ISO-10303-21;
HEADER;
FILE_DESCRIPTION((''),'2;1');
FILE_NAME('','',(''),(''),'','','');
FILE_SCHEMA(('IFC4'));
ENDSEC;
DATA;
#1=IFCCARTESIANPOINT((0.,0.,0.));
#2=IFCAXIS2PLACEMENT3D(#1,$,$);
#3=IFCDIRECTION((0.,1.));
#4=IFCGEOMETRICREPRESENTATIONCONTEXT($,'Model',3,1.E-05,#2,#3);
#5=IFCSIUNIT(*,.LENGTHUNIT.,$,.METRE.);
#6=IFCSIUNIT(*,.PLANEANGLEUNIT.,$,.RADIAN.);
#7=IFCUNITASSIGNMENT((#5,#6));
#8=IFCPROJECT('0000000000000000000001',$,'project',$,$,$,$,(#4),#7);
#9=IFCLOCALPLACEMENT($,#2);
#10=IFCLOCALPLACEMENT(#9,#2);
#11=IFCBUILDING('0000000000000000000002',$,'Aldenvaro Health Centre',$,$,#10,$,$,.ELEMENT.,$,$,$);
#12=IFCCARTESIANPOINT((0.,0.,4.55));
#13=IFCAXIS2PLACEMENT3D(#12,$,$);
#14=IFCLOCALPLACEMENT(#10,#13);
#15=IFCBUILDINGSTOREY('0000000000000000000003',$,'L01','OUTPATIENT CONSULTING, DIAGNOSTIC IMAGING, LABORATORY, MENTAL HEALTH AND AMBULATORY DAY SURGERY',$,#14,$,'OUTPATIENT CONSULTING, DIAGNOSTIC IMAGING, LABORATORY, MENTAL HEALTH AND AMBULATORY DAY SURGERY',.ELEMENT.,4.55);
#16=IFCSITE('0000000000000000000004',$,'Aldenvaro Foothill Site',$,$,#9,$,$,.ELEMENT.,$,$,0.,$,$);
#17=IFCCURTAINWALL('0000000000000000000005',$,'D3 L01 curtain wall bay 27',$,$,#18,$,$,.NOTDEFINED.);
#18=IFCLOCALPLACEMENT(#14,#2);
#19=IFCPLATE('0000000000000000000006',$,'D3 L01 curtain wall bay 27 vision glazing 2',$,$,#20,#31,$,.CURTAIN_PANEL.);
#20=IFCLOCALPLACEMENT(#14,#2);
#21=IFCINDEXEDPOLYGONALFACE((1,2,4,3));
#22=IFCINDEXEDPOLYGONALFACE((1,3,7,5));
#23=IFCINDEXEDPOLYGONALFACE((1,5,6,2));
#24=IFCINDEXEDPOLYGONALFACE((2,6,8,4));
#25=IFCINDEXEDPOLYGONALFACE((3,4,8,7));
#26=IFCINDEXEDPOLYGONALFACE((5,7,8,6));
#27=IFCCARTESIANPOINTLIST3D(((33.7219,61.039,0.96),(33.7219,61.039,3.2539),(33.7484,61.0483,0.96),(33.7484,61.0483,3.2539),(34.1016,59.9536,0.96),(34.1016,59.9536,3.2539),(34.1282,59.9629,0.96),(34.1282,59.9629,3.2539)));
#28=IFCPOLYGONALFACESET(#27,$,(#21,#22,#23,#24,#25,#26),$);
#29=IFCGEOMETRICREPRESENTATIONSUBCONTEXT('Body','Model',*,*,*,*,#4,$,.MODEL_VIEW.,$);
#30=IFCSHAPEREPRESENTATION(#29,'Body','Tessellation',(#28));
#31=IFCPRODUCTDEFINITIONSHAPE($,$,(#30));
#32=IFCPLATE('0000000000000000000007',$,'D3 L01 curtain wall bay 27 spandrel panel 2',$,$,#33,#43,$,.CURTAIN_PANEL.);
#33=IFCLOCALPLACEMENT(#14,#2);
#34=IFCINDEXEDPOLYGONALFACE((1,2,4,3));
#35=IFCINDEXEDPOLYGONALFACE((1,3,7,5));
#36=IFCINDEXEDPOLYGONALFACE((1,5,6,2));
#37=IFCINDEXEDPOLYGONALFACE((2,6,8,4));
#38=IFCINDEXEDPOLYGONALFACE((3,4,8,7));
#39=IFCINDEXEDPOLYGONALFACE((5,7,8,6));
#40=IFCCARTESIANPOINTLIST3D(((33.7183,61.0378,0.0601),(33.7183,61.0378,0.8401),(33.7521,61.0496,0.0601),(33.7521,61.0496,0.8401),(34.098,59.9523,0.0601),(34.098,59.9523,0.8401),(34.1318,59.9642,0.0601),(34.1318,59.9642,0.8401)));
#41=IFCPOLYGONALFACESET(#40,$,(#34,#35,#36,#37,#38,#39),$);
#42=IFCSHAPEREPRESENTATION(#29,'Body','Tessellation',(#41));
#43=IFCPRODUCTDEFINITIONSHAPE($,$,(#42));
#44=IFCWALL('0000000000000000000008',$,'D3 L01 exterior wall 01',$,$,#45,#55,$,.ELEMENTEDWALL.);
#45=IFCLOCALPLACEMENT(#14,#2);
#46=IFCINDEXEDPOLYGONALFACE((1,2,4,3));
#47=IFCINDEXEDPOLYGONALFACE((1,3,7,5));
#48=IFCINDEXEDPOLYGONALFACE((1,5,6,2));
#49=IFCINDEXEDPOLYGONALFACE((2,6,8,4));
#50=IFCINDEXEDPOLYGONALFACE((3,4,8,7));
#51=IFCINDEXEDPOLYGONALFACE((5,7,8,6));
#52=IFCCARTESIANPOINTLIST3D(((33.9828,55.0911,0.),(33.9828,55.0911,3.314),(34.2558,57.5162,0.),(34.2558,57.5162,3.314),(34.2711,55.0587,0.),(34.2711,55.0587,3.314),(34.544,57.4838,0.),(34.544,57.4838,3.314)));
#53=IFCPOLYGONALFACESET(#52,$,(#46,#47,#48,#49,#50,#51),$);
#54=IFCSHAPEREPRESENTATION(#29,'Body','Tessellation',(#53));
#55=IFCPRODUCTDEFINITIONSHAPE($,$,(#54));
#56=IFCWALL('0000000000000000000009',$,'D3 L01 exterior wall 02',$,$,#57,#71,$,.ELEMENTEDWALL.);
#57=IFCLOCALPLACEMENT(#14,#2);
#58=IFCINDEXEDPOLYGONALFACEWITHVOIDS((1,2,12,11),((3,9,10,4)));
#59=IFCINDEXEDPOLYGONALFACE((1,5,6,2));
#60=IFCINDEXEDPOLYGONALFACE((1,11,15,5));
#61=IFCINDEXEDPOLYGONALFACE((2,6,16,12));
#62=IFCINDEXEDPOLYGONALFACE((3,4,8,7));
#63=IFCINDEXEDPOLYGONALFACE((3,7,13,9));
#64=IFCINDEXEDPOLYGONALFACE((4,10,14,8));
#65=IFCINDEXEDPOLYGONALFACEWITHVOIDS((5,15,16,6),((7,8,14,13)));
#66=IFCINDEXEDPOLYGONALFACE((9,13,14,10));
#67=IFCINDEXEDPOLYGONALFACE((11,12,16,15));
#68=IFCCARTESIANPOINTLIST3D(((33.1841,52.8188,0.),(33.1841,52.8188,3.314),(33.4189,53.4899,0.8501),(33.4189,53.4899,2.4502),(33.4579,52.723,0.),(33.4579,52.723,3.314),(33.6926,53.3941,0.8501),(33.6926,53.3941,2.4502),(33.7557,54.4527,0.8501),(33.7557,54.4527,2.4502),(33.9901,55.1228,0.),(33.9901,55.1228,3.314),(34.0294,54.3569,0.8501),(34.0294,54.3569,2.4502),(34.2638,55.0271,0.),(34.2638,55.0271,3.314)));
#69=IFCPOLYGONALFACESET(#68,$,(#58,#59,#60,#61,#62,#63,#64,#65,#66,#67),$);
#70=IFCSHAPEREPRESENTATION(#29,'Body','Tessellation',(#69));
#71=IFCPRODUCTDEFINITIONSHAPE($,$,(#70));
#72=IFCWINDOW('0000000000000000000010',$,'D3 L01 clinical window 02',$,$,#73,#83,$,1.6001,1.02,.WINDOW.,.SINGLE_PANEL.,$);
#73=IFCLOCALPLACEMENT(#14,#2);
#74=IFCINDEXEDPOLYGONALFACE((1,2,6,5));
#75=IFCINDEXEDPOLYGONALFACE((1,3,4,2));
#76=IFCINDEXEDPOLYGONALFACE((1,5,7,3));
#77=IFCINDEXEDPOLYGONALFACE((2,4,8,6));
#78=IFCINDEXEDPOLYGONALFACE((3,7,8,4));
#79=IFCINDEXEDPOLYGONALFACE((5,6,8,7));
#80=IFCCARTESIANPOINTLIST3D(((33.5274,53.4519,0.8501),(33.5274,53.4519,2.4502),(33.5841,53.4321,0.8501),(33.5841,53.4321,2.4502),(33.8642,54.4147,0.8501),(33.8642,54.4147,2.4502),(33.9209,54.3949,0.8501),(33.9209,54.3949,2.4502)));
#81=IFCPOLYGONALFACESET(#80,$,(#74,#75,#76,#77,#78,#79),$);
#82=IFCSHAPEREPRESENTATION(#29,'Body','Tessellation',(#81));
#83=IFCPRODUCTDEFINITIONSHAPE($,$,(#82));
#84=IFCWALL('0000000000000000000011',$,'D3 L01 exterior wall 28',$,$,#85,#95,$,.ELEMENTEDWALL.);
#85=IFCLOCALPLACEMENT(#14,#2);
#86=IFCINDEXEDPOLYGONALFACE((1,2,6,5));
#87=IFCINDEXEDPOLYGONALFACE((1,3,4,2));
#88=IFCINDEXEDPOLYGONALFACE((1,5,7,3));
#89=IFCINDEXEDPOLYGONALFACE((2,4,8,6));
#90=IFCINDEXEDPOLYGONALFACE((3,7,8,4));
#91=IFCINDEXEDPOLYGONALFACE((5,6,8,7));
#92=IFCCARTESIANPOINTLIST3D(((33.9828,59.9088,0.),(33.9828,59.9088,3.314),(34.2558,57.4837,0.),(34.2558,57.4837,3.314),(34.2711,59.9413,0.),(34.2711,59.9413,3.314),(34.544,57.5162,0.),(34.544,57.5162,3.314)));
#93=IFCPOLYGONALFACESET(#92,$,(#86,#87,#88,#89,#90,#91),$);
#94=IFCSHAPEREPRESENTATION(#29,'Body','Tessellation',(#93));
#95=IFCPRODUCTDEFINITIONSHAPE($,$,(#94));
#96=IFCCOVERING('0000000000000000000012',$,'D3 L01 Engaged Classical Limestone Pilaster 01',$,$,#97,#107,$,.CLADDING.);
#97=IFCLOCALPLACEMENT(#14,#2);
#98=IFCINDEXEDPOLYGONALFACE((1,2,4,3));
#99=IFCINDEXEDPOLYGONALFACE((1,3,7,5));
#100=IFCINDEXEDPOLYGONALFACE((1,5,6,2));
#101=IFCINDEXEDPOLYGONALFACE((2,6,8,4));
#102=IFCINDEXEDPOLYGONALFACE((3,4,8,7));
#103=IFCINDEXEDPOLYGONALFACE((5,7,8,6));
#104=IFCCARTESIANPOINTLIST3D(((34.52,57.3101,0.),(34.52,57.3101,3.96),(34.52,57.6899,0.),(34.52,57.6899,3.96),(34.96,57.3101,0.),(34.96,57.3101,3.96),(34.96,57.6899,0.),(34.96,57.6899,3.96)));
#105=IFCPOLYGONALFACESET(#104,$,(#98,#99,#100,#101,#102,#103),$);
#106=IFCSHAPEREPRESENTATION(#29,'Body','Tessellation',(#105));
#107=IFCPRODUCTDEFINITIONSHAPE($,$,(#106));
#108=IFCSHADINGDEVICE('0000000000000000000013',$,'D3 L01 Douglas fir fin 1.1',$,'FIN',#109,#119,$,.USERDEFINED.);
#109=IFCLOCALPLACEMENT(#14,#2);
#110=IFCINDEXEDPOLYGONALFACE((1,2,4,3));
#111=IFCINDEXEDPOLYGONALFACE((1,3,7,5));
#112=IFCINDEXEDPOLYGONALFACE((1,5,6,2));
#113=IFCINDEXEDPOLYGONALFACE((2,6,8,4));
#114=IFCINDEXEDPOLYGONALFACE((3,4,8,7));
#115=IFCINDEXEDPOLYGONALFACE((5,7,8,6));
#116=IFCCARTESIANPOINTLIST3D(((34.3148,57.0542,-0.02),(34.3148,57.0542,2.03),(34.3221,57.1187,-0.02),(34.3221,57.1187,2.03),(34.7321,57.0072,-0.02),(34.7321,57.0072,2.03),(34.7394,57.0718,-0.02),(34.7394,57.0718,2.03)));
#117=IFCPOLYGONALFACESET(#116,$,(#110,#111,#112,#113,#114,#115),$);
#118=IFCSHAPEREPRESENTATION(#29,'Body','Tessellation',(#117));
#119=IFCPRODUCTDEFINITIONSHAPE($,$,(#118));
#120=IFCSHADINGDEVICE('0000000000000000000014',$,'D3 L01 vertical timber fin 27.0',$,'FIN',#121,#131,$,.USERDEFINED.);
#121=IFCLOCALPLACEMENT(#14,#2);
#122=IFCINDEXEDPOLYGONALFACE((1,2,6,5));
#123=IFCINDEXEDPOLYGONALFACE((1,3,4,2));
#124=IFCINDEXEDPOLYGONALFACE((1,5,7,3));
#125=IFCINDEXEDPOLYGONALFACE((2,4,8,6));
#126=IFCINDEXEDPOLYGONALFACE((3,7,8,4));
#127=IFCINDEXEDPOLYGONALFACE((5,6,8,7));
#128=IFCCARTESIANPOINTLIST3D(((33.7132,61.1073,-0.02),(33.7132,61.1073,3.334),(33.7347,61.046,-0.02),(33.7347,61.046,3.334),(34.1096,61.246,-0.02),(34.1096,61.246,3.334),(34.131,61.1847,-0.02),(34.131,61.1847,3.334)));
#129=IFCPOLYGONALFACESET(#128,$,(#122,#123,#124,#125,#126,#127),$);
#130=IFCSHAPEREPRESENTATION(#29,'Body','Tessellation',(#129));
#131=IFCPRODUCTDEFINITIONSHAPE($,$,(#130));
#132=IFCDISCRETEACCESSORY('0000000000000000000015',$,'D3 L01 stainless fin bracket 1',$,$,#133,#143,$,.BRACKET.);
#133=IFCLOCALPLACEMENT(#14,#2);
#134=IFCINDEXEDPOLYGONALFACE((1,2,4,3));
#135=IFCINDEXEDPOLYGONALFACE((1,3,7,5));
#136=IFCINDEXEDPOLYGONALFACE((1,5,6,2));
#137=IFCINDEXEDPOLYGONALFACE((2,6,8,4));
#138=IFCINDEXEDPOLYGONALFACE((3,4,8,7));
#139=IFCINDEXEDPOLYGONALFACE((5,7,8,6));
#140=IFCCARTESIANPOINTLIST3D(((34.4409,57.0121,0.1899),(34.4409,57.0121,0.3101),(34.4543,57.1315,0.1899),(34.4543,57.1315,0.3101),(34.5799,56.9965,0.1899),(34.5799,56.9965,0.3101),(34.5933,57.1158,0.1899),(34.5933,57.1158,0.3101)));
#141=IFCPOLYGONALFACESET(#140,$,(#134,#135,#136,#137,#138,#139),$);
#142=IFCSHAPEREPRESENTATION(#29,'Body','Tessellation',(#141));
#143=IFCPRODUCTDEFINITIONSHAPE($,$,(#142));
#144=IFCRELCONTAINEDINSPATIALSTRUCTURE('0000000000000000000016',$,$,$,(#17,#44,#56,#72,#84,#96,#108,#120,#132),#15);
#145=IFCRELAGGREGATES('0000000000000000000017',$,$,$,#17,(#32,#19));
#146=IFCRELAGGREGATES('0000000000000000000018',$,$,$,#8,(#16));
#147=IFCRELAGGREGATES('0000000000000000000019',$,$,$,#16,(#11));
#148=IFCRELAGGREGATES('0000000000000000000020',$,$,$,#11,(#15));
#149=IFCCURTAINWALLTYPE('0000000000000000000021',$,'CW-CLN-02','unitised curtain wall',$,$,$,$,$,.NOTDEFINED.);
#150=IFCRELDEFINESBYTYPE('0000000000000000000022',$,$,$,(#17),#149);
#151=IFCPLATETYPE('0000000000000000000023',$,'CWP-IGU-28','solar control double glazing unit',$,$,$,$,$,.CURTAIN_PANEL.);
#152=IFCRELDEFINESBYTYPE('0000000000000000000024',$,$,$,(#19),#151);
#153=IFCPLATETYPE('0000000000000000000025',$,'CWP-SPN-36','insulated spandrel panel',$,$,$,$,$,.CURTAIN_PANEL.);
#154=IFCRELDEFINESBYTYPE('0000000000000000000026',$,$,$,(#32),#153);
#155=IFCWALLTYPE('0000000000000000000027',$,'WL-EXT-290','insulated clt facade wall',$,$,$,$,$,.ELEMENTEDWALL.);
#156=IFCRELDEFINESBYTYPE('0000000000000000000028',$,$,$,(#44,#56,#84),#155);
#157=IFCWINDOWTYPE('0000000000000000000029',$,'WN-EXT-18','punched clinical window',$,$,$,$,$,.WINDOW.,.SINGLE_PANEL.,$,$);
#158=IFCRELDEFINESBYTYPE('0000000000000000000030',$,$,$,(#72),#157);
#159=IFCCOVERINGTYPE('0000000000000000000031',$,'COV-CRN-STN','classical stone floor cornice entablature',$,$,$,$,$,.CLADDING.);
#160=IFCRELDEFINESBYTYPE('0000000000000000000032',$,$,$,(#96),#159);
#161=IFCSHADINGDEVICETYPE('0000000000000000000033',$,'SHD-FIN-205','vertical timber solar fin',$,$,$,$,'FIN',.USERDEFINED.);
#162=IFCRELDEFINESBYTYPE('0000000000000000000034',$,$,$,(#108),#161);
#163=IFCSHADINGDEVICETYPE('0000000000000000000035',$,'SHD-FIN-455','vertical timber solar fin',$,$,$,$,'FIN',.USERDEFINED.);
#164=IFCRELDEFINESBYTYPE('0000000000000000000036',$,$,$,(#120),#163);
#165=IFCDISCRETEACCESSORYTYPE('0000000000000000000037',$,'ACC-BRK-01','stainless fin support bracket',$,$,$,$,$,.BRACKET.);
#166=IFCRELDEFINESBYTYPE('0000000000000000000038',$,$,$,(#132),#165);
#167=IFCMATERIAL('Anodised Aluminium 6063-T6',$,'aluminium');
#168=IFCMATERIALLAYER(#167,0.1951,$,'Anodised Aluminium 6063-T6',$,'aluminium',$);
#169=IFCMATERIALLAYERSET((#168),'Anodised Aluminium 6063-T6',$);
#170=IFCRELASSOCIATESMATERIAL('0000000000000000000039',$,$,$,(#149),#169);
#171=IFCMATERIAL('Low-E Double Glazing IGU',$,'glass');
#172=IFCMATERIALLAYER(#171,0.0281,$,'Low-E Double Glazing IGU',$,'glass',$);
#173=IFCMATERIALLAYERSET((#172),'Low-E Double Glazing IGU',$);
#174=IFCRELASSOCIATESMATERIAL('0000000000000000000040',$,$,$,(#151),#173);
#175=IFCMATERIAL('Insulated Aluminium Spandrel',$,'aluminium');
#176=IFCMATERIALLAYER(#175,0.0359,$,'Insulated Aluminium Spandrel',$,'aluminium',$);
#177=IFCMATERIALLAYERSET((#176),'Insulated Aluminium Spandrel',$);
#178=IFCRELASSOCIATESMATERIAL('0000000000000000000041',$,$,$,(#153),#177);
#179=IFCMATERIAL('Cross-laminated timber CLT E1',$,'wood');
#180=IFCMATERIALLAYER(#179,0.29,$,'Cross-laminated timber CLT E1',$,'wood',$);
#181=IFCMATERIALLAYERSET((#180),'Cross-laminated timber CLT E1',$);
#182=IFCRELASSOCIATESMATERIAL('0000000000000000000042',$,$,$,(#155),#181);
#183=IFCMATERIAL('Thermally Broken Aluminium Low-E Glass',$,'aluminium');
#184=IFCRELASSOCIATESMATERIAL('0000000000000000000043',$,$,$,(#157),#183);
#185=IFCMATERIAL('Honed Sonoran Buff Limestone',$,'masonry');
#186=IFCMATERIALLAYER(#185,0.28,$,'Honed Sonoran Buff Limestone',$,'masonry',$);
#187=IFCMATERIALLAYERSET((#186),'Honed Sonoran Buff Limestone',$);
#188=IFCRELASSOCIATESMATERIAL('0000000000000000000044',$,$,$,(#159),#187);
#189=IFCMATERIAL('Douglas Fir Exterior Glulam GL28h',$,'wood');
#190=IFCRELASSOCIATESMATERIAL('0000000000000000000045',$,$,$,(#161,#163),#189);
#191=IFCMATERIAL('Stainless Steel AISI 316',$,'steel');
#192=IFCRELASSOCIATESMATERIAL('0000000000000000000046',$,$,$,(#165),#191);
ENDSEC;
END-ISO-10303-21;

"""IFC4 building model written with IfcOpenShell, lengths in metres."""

from ifc_helpers import new_model, si_unit, direction, frame, frame_2d, origin, origin_2d, place, context, subcontext, project, spatial, rectangle, extrude, material, layer, layer_set, type_object, element, fill, aggregate, save


model = new_model("IFC4")

# Units and contexts
model_context = context("Model", 3, precision=1e-05, world=origin(), true_north=direction((0.0, 1.0)))
body_context = subcontext(model_context, "Body", "Model", "MODEL_VIEW")
ifc_project = project(units=[si_unit("LENGTHUNIT", "METRE"), si_unit("PLANEANGLEUNIT", "RADIAN")], contexts=[model_context])

# Site, building, storey
site_placement = place(None, origin())
site = spatial("IfcSite", under=ifc_project, at=site_placement, Name="Aldenvaro Foothill Site", CompositionType="ELEMENT", RefElevation=0.0)
building_placement = place(site_placement, origin())
building = spatial("IfcBuilding", under=site, at=building_placement, Name="Aldenvaro Health Centre", CompositionType="ELEMENT")
storey_placement = place(building_placement, frame((0.0, 0.0, 4.55)))
storey = spatial("IfcBuildingStorey", under=building, at=storey_placement, Name="L01", Description="OUTPATIENT CONSULTING, DIAGNOSTIC IMAGING, LABORATORY, MENTAL HEALTH AND AMBULATORY DAY SURGERY", LongName="OUTPATIENT CONSULTING, DIAGNOSTIC IMAGING, LABORATORY, MENTAL HEALTH AND AMBULATORY DAY SURGERY", CompositionType="ELEMENT", Elevation=4.55)

# Curtain wall
ifc_material_1 = material(Name="Anodised Aluminium 6063-T6", Category="aluminium")
ifc_layer_1 = layer(ifc_material_1, 0.1951, Name="Anodised Aluminium 6063-T6", Category="aluminium")
ifc_layer_set_1 = layer_set([ifc_layer_1], Name="Anodised Aluminium 6063-T6")
curtain_wall_type = type_object("IfcCurtainWallType", Name="CW-CLN-02", Description="unitised curtain wall", PredefinedType="NOTDEFINED", material=ifc_layer_set_1)
curtain_wall_placement = place(storey_placement, origin())
curtain_wall = element("IfcCurtainWall", 1, at=curtain_wall_placement, inside=storey, type_object=curtain_wall_type, Name="D3 L01 curtain wall bay 27", PredefinedType="NOTDEFINED")

# Plates
ifc_material_2 = material(Name="Low-E Double Glazing IGU", Category="glass")
ifc_layer_2 = layer(ifc_material_2, 0.0281, Name="Low-E Double Glazing IGU", Category="glass")
ifc_layer_set_2 = layer_set([ifc_layer_2], Name="Low-E Double Glazing IGU")
plate_type_1 = type_object("IfcPlateType", Name="CWP-IGU-28", Description="solar control double glazing unit", PredefinedType="CURTAIN_PANEL", material=ifc_layer_set_2)
plate_1_placement = place(storey_placement, frame((33.925, 60.501, 0.96), z_axis=(0.0, 0.0, 1.0), x_axis=(0.330204, -0.943909, 0.0)))
plate_1 = element("IfcPlate", 2, at=plate_1_placement, type_object=plate_type_1, Name="D3 L01 curtain wall bay 27 vision glazing 2", PredefinedType="CURTAIN_PANEL", context=body_context, shape_type="SweptSolid", body=[
    extrude(rectangle(XDim=1.1499, YDim=0.0281, at=origin_2d()), origin(), (0.0, 0.0, 1.0), 2.2939),
])
ifc_material_3 = material(Name="Insulated Aluminium Spandrel", Category="aluminium")
ifc_layer_3 = layer(ifc_material_3, 0.0359, Name="Insulated Aluminium Spandrel", Category="aluminium")
ifc_layer_set_3 = layer_set([ifc_layer_3], Name="Insulated Aluminium Spandrel")
plate_type_2 = type_object("IfcPlateType", Name="CWP-SPN-36", Description="insulated spandrel panel", PredefinedType="CURTAIN_PANEL", material=ifc_layer_set_3)
plate_2_placement = place(storey_placement, frame((33.925, 60.501, 0.0601), z_axis=(0.0, 0.0, 1.0), x_axis=(0.330204, -0.943909, 0.0)))
plate_2 = element("IfcPlate", 3, at=plate_2_placement, type_object=plate_type_2, Name="D3 L01 curtain wall bay 27 spandrel panel 2", PredefinedType="CURTAIN_PANEL", context=body_context, shape_type="SweptSolid", body=[
    extrude(rectangle(XDim=1.1499, YDim=0.0359, at=origin_2d()), origin(), (0.0, 0.0, 1.0), 0.78),
])
aggregate(curtain_wall, [plate_2, plate_1])

# Wall
ifc_material_4 = material(Name="Cross-laminated timber CLT E1", Category="wood")
ifc_layer_4 = layer(ifc_material_4, 0.29, Name="Cross-laminated timber CLT E1", Category="wood")
ifc_layer_set_4 = layer_set([ifc_layer_4], Name="Cross-laminated timber CLT E1")
wall_type = type_object("IfcWallType", Name="WL-EXT-290", Description="insulated clt facade wall", PredefinedType="ELEMENTEDWALL", material=ifc_layer_set_4)
wall_1_placement = place(storey_placement, frame((34.3999, 57.5, 0.0), z_axis=(0.0, 0.0, 1.0), x_axis=(-0.111848, -0.993725, 0.0)))
element("IfcWall", 4, at=wall_1_placement, inside=storey, type_object=wall_type, Name="D3 L01 exterior wall 01", PredefinedType="ELEMENTEDWALL", context=body_context, shape_type="SweptSolid", body=[
    extrude(rectangle(XDim=2.4404, YDim=0.29, at=frame_2d((1.2202, 0.0))), origin(), (0.0, 0.0, 1.0), 3.314),
])

# Wall, opening, window
wall_2_placement = place(storey_placement, frame((34.127, 55.075, 0.0), z_axis=(0.0, 0.0, 1.0), x_axis=(-0.330177, -0.943919, 0.0)))
wall_2 = element("IfcWall", 5, at=wall_2_placement, inside=storey, type_object=wall_type, Name="D3 L01 exterior wall 02", PredefinedType="ELEMENTEDWALL", context=body_context, shape_type="SweptSolid", body=[
    extrude(rectangle(XDim=2.4409, YDim=0.29, at=frame_2d((1.2205, 0.0))), origin(), (0.0, 0.0, 1.0), 3.314),
])
opening_placement = place(wall_2_placement, frame((0.71, 0.0, 0.8501)))
opening = element("IfcOpeningElement", 6, at=opening_placement, cuts=wall_2, PredefinedType="OPENING", context=body_context, shape_type="SweptSolid", body=[
    extrude(rectangle(XDim=1.02, YDim=1.6001, at=frame_2d((0.51, 0.8))), frame((0.0, 0.155, 0.0), z_axis=(0.0, -1.0, 0.0), x_axis=(1.0, 0.0, 0.0)), (0.0, 0.0, 1.0), 0.3101),
])
ifc_material_5 = material(Name="Thermally Broken Aluminium Low-E Glass", Category="aluminium")
window_type = type_object("IfcWindowType", Name="WN-EXT-18", Description="punched clinical window", PartitioningType="SINGLE_PANEL", PredefinedType="WINDOW", material=ifc_material_5)
window_placement = place(opening_placement, origin())
window = element("IfcWindow", 7, at=window_placement, inside=storey, type_object=window_type, Name="D3 L01 clinical window 02", OverallHeight=1.6001, OverallWidth=1.02, PartitioningType="SINGLE_PANEL", PredefinedType="WINDOW", context=body_context, shape_type="SweptSolid", body=[
    extrude(rectangle(XDim=1.02, YDim=1.6001, at=frame_2d((0.51, 0.8))), frame((0.0, 0.03, 0.0), z_axis=(0.0, -1.0, 0.0), x_axis=(1.0, 0.0, 0.0)), (0.0, 0.0, 1.0), 0.0601),
])
fill(opening, window)

# Wall
wall_3_placement = place(storey_placement, frame((34.127, 59.925, 0.0), z_axis=(0.0, 0.0, 1.0), x_axis=(0.111848, -0.993725, 0.0)))
element("IfcWall", 8, at=wall_3_placement, inside=storey, type_object=wall_type, Name="D3 L01 exterior wall 28", PredefinedType="ELEMENTEDWALL", context=body_context, shape_type="SweptSolid", body=[
    extrude(rectangle(XDim=2.4404, YDim=0.29, at=frame_2d((1.2202, 0.0))), origin(), (0.0, 0.0, 1.0), 3.314),
])

# Covering
ifc_material_6 = material(Name="Honed Sonoran Buff Limestone", Category="masonry")
ifc_layer_5 = layer(ifc_material_6, 0.28, Name="Honed Sonoran Buff Limestone", Category="masonry")
ifc_layer_set_5 = layer_set([ifc_layer_5], Name="Honed Sonoran Buff Limestone")
covering_type = type_object("IfcCoveringType", Name="COV-CRN-STN", Description="classical stone floor cornice entablature", PredefinedType="CLADDING", material=ifc_layer_set_5)
covering_placement = place(storey_placement, frame((34.74, 57.5, 0.0), z_axis=(0.0, 0.0, 1.0), x_axis=(1.0, 0.0, 0.0)))
element("IfcCovering", 9, at=covering_placement, inside=storey, type_object=covering_type, Name="D3 L01 Engaged Classical Limestone Pilaster 01", PredefinedType="CLADDING", context=body_context, shape_type="SweptSolid", body=[
    extrude(rectangle(XDim=0.4399, YDim=0.3799, at=origin_2d()), origin(), (0.0, 0.0, 1.0), 3.96),
])

# Shading devices
ifc_material_7 = material(Name="Douglas Fir Exterior Glulam GL28h", Category="wood")
shading_device_type_1 = type_object("IfcShadingDeviceType", Name="SHD-FIN-205", Description="vertical timber solar fin", ElementType="FIN", PredefinedType="USERDEFINED", material=ifc_material_7)
shading_device_1_placement = place(storey_placement, frame((34.5271, 57.063, -0.02), z_axis=(0.0, 0.0, 1.0), x_axis=(-0.111871, -0.993723, 0.0)))
element("IfcShadingDevice", 10, at=shading_device_1_placement, inside=storey, type_object=shading_device_type_1, Name="D3 L01 Douglas fir fin 1.1", ObjectType="FIN", PredefinedType="USERDEFINED", context=body_context, shape_type="SweptSolid", body=[
    extrude(rectangle(XDim=0.0649, YDim=0.4199, at=origin_2d()), origin(), (0.0, 0.0, 1.0), 2.05),
])
shading_device_type_2 = type_object("IfcShadingDeviceType", Name="SHD-FIN-455", Description="vertical timber solar fin", ElementType="FIN", PredefinedType="USERDEFINED", material=ifc_material_7)
shading_device_2_placement = place(storey_placement, frame((33.9221, 61.146, -0.02), z_axis=(0.0, 0.0, 1.0), x_axis=(0.330204, -0.943909, 0.0)))
element("IfcShadingDevice", 11, at=shading_device_2_placement, inside=storey, type_object=shading_device_type_2, Name="D3 L01 vertical timber fin 27.0", ObjectType="FIN", PredefinedType="USERDEFINED", context=body_context, shape_type="SweptSolid", body=[
    extrude(rectangle(XDim=0.0649, YDim=0.4199, at=origin_2d()), origin(), (0.0, 0.0, 1.0), 3.354),
])

# Discrete accessory
ifc_material_8 = material(Name="Stainless Steel AISI 316", Category="steel")
discrete_accessory_type = type_object("IfcDiscreteAccessoryType", Name="ACC-BRK-01", Description="stainless fin support bracket", PredefinedType="BRACKET", material=ifc_material_8)
discrete_accessory_placement = place(storey_placement, frame((34.5171, 57.064, 0.1899), z_axis=(0.0, 0.0, 1.0), x_axis=(-0.111871, -0.993723, 0.0)))
element("IfcDiscreteAccessory", 12, at=discrete_accessory_placement, inside=storey, type_object=discrete_accessory_type, Name="D3 L01 stainless fin bracket 1", PredefinedType="BRACKET", context=body_context, shape_type="SweptSolid", body=[
    extrude(rectangle(XDim=0.1201, YDim=0.1399, at=origin_2d()), origin(), (0.0, 0.0, 1.0), 0.1201),
])

save(model, "model.ifc")
